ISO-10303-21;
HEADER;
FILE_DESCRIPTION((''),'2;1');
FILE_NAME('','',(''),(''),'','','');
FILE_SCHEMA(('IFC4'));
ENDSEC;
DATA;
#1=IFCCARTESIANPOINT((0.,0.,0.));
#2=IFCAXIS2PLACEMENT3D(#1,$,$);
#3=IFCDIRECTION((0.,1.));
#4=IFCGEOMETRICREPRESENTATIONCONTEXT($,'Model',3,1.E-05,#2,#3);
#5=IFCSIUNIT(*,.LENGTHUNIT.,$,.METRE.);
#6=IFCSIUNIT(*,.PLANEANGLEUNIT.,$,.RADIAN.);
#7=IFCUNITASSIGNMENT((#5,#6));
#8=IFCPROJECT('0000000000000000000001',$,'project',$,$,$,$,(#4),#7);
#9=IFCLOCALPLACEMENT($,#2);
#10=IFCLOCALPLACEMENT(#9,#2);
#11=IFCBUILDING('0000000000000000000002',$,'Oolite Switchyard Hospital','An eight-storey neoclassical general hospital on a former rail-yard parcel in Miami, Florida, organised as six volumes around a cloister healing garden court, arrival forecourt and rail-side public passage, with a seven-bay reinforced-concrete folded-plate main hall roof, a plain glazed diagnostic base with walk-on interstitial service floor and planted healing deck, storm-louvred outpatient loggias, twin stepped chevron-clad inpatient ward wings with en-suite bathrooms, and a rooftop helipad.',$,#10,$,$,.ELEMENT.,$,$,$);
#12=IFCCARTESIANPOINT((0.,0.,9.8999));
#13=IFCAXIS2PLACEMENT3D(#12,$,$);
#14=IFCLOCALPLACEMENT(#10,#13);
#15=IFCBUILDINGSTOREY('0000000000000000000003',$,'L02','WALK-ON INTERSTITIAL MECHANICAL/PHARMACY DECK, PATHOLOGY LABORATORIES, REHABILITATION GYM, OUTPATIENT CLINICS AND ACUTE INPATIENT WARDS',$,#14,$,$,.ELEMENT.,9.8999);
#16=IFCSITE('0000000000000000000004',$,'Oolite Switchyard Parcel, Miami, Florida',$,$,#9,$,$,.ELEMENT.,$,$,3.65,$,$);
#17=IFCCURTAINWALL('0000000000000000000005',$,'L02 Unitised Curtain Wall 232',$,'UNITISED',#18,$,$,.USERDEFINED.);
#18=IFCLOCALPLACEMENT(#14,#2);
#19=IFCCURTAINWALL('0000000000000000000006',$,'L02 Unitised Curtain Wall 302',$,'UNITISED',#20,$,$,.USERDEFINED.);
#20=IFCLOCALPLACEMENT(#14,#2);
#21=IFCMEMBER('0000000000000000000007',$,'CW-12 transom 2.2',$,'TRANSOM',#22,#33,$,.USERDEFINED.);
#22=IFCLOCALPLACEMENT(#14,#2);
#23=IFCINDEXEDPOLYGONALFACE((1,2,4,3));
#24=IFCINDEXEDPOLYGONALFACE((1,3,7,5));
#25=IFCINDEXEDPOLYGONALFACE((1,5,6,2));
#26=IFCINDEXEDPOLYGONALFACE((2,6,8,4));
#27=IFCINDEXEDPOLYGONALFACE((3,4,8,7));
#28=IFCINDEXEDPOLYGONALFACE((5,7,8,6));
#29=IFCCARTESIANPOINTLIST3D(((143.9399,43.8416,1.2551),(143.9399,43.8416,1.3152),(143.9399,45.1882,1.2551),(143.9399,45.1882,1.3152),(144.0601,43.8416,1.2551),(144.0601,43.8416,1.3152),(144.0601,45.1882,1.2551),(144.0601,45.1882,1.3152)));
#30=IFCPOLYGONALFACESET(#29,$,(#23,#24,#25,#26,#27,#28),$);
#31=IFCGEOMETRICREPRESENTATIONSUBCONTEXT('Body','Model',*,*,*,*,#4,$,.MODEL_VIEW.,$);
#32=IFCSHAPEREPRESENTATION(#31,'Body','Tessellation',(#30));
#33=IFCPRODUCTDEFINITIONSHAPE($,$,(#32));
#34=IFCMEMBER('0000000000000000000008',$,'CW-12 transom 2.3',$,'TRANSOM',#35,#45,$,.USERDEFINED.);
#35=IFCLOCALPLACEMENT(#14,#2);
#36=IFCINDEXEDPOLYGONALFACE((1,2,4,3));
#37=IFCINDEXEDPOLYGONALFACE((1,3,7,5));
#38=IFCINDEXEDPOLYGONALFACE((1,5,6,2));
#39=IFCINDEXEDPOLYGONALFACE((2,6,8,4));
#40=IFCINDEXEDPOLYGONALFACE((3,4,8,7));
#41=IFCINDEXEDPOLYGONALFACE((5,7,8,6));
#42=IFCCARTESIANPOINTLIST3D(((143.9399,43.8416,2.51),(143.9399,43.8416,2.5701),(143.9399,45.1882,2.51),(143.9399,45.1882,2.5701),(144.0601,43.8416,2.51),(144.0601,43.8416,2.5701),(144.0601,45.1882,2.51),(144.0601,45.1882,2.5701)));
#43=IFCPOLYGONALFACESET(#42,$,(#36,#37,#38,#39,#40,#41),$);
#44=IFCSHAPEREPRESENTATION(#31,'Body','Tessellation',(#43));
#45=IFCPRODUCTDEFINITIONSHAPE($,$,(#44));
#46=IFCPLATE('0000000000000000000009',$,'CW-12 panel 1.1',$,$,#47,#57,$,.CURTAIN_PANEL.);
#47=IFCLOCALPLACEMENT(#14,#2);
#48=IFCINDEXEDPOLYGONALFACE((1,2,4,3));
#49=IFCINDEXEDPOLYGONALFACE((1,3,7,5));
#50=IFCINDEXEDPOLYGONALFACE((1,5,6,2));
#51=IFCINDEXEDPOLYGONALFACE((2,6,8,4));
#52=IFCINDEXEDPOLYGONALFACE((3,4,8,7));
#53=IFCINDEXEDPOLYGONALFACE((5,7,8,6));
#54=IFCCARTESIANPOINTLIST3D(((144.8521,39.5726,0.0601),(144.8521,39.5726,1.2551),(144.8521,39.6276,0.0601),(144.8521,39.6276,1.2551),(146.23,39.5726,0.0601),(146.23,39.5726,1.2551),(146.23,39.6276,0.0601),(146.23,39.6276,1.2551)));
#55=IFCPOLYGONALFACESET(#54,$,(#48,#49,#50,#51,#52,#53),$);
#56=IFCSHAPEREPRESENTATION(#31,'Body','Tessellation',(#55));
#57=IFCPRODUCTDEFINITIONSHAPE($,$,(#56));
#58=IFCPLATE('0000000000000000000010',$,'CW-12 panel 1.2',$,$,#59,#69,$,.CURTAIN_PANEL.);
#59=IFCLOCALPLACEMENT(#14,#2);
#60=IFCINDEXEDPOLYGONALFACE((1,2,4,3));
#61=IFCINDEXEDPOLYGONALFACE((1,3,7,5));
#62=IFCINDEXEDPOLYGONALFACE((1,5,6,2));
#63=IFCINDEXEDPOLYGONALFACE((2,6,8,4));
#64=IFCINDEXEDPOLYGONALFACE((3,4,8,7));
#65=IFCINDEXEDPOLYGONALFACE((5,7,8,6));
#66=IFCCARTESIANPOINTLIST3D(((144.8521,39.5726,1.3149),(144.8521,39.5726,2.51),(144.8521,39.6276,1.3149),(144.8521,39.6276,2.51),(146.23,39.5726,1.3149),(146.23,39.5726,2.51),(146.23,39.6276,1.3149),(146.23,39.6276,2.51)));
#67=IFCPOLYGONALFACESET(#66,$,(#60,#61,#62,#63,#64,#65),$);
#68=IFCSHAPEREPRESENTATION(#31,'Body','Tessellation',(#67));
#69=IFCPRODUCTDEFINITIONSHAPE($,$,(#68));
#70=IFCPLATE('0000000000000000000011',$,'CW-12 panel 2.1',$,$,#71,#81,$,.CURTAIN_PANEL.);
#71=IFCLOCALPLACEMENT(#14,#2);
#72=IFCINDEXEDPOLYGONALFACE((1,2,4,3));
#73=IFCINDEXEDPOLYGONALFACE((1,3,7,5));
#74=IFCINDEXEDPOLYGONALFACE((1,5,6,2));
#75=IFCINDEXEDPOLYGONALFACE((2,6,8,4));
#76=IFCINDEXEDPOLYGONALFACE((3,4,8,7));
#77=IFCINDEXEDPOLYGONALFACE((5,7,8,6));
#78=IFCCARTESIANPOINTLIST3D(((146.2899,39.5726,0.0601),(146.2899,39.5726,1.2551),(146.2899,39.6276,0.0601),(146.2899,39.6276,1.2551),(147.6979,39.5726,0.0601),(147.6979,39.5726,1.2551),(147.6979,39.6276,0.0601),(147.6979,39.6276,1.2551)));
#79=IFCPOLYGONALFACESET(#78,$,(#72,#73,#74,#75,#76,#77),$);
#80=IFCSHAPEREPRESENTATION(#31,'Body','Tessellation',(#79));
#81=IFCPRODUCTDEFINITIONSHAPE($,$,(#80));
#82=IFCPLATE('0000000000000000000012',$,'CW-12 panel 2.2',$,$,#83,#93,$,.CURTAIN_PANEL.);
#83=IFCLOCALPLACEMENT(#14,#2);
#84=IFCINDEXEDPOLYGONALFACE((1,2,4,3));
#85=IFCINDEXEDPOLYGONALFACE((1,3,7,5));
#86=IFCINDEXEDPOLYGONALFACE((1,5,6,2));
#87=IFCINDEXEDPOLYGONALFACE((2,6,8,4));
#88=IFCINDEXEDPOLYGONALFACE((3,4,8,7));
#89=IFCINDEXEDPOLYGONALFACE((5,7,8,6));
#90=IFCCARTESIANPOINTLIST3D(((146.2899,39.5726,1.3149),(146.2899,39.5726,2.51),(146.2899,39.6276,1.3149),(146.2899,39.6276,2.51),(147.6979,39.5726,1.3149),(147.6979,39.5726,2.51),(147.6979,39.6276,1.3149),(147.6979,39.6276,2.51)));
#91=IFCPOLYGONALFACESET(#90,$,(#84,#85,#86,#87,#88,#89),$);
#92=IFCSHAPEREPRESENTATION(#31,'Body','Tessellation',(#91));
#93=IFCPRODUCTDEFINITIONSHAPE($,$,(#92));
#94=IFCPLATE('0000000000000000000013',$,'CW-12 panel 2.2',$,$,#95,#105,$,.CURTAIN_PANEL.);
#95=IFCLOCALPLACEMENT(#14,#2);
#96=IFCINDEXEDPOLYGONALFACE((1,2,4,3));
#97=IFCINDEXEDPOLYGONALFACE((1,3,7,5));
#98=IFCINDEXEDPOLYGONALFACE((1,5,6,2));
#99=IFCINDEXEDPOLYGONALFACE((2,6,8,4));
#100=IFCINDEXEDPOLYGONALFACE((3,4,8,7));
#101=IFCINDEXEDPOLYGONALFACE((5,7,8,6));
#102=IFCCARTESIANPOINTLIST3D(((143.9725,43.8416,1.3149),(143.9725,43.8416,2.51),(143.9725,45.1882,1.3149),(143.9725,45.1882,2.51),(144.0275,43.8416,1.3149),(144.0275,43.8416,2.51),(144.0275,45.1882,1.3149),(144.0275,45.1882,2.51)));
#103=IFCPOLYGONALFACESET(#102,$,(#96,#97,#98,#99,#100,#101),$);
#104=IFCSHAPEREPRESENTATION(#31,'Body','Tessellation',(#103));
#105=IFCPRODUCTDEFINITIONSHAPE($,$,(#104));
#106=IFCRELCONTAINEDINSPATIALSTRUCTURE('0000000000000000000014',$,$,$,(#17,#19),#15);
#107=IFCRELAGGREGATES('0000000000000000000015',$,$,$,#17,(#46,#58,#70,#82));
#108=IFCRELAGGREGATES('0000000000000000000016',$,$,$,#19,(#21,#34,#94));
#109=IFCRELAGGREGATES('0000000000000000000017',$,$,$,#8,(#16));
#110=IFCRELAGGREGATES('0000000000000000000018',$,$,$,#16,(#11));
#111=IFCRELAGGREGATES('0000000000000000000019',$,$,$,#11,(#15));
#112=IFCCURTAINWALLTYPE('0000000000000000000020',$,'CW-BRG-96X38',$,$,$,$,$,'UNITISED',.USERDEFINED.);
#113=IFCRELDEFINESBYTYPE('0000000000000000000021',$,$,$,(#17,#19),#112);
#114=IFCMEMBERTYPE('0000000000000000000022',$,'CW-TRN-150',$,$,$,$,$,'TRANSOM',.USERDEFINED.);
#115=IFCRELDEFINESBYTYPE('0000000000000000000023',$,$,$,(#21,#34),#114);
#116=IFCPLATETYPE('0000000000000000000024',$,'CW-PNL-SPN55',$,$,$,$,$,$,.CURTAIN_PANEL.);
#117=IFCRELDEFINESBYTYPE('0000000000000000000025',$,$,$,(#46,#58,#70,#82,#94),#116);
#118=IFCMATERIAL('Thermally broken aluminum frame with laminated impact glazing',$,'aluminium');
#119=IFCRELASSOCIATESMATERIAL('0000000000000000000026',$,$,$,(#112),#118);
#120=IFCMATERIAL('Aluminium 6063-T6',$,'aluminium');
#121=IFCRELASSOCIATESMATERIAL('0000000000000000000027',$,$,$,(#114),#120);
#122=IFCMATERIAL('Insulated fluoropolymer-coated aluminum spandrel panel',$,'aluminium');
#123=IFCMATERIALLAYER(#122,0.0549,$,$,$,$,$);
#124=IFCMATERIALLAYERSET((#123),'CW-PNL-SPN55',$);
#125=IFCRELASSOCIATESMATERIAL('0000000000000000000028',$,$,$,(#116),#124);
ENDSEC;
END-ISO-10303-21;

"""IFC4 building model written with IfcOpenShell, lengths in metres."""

from ifc_helpers import new_model, si_unit, direction, frame, origin, origin_2d, place, context, subcontext, project, spatial, rectangle, extrude, material, layer, layer_set, material_profile, profile_set, type_object, element, aggregate, save


model = new_model("IFC4")

# Units and contexts
model_context = context("Model", 3, precision=1e-05, world=origin(), true_north=direction((0.0, 1.0)))
body_context = subcontext(model_context, "Body", "Model", "MODEL_VIEW")
ifc_project = project(units=[si_unit("LENGTHUNIT", "METRE"), si_unit("PLANEANGLEUNIT", "RADIAN")], contexts=[model_context])

# Site, building, storey
site_placement = place(None, origin())
site = spatial("IfcSite", under=ifc_project, at=site_placement, Name="Oolite Switchyard Parcel, Miami, Florida", CompositionType="ELEMENT", RefElevation=3.65)
building_placement = place(site_placement, origin())
building = spatial("IfcBuilding", under=site, at=building_placement, Name="Oolite Switchyard Hospital", Description="An eight-storey neoclassical general hospital on a former rail-yard parcel in Miami, Florida, organised as six volumes around a cloister healing garden court, arrival forecourt and rail-side public passage, with a seven-bay reinforced-concrete folded-plate main hall roof, a plain glazed diagnostic base with walk-on interstitial service floor and planted healing deck, storm-louvred outpatient loggias, twin stepped chevron-clad inpatient ward wings with en-suite bathrooms, and a rooftop helipad.", CompositionType="ELEMENT")
storey_placement = place(building_placement, frame((0.0, 0.0, 9.8999)))
storey = spatial("IfcBuildingStorey", under=building, at=storey_placement, Name="L02", Description="WALK-ON INTERSTITIAL MECHANICAL/PHARMACY DECK, PATHOLOGY LABORATORIES, REHABILITATION GYM, OUTPATIENT CLINICS AND ACUTE INPATIENT WARDS", CompositionType="ELEMENT", Elevation=9.8999)

# Curtain walls, members
ifc_material_1 = material(Name="Thermally broken aluminum frame with laminated impact glazing", Category="aluminium")
curtain_wall_type = type_object("IfcCurtainWallType", Name="CW-BRG-96X38", ElementType="UNITISED", PredefinedType="USERDEFINED", material=ifc_material_1)
curtain_wall_1_placement = place(storey_placement, origin())
curtain_wall_1 = element("IfcCurtainWall", 1, at=curtain_wall_1_placement, inside=storey, type_object=curtain_wall_type, Name="L02 Unitised Curtain Wall 232", ObjectType="UNITISED", PredefinedType="USERDEFINED")
ifc_material_2 = material(Name="Aluminium 6063-T6", Category="aluminium")
ifc_material_profile_1 = material_profile(ifc_material_2, rectangle(XDim=0.1201, YDim=0.0601, at=origin_2d()), Name="CWT60X120")
ifc_profile_set_1 = profile_set([ifc_material_profile_1], Name="Aluminium 6063-T6")
member_type_1 = type_object("IfcMemberType", Name="CW-TRN-150", ElementType="TRANSOM", PredefinedType="USERDEFINED", material=ifc_profile_set_1)
curtain_wall_2_placement = place(storey_placement, origin())
curtain_wall_2 = element("IfcCurtainWall", 2, at=curtain_wall_2_placement, inside=storey, type_object=curtain_wall_type, Name="L02 Unitised Curtain Wall 302", ObjectType="UNITISED", PredefinedType="USERDEFINED")
member_1_placement = place(storey_placement, frame((144.0, 45.1882, 1.2852), z_axis=(0.0, -1.0, 0.0), x_axis=(1.0, 0.0, 0.0)))
member_1 = element("IfcMember", 3, at=member_1_placement, type_object=member_type_1, Name="CW-12 transom 2.2", ObjectType="TRANSOM", PredefinedType="USERDEFINED", context=body_context, shape_type="SweptSolid", body=[
    extrude(rectangle(XDim=0.1201, YDim=0.0601, at=origin_2d()), origin(), (0.0, 0.0, 1.0), 1.3467),
])
member_2_placement = place(storey_placement, frame((144.0, 45.1882, 2.54), z_axis=(0.0, -1.0, 0.0), x_axis=(1.0, 0.0, 0.0)))
member_2 = element("IfcMember", 4, at=member_2_placement, type_object=member_type_1, Name="CW-12 transom 2.3", ObjectType="TRANSOM", PredefinedType="USERDEFINED", context=body_context, shape_type="SweptSolid", body=[
    extrude(rectangle(XDim=0.1201, YDim=0.0601, at=origin_2d()), origin(), (0.0, 0.0, 1.0), 1.3467),
])

# Plates
ifc_material_3 = material(Name="Insulated fluoropolymer-coated aluminum spandrel panel", Category="aluminium")
ifc_layer = layer(ifc_material_3, 0.0549)
ifc_layer_set = layer_set([ifc_layer], Name="CW-PNL-SPN55")
plate_type = type_object("IfcPlateType", Name="CW-PNL-SPN55", PredefinedType="CURTAIN_PANEL", material=ifc_layer_set)
plate_1_placement = place(storey_placement, frame((145.541, 39.6001, 0.0601), z_axis=(0.0, 0.0, 1.0), x_axis=(1.0, 0.0, 0.0)))
plate_1 = element("IfcPlate", 5, at=plate_1_placement, type_object=plate_type, Name="CW-12 panel 1.1", PredefinedType="CURTAIN_PANEL", context=body_context, shape_type="SweptSolid", body=[
    extrude(rectangle(XDim=1.3779, YDim=0.0549, at=origin_2d()), origin(), (0.0, 0.0, 1.0), 1.1951),
])
plate_2_placement = place(storey_placement, frame((145.541, 39.6001, 1.3149), z_axis=(0.0, 0.0, 1.0), x_axis=(1.0, 0.0, 0.0)))
plate_2 = element("IfcPlate", 6, at=plate_2_placement, type_object=plate_type, Name="CW-12 panel 1.2", PredefinedType="CURTAIN_PANEL", context=body_context, shape_type="SweptSolid", body=[
    extrude(rectangle(XDim=1.3779, YDim=0.0549, at=origin_2d()), origin(), (0.0, 0.0, 1.0), 1.1951),
])
plate_3_placement = place(storey_placement, frame((146.9939, 39.6001, 0.0601), z_axis=(0.0, 0.0, 1.0), x_axis=(1.0, 0.0, 0.0)))
plate_3 = element("IfcPlate", 7, at=plate_3_placement, type_object=plate_type, Name="CW-12 panel 2.1", PredefinedType="CURTAIN_PANEL", context=body_context, shape_type="SweptSolid", body=[
    extrude(rectangle(XDim=1.408, YDim=0.0549, at=origin_2d()), origin(), (0.0, 0.0, 1.0), 1.1951),
])
plate_4_placement = place(storey_placement, frame((146.9939, 39.6001, 1.3149), z_axis=(0.0, 0.0, 1.0), x_axis=(1.0, 0.0, 0.0)))
plate_4 = element("IfcPlate", 8, at=plate_4_placement, type_object=plate_type, Name="CW-12 panel 2.2", PredefinedType="CURTAIN_PANEL", context=body_context, shape_type="SweptSolid", body=[
    extrude(rectangle(XDim=1.408, YDim=0.0549, at=origin_2d()), origin(), (0.0, 0.0, 1.0), 1.1951),
])
aggregate(curtain_wall_1, [plate_1, plate_2, plate_3, plate_4])
plate_5_placement = place(storey_placement, frame((144.0, 44.5149, 1.3149), z_axis=(0.0, 0.0, 1.0), x_axis=(0.0, -1.0, 0.0)))
plate_5 = element("IfcPlate", 9, at=plate_5_placement, type_object=plate_type, Name="CW-12 panel 2.2", PredefinedType="CURTAIN_PANEL", context=body_context, shape_type="SweptSolid", body=[
    extrude(rectangle(XDim=1.3467, YDim=0.0549, at=origin_2d()), origin(), (0.0, 0.0, 1.0), 1.1951),
])
aggregate(curtain_wall_2, [member_1, member_2, plate_5])

save(model, "model.ifc")
